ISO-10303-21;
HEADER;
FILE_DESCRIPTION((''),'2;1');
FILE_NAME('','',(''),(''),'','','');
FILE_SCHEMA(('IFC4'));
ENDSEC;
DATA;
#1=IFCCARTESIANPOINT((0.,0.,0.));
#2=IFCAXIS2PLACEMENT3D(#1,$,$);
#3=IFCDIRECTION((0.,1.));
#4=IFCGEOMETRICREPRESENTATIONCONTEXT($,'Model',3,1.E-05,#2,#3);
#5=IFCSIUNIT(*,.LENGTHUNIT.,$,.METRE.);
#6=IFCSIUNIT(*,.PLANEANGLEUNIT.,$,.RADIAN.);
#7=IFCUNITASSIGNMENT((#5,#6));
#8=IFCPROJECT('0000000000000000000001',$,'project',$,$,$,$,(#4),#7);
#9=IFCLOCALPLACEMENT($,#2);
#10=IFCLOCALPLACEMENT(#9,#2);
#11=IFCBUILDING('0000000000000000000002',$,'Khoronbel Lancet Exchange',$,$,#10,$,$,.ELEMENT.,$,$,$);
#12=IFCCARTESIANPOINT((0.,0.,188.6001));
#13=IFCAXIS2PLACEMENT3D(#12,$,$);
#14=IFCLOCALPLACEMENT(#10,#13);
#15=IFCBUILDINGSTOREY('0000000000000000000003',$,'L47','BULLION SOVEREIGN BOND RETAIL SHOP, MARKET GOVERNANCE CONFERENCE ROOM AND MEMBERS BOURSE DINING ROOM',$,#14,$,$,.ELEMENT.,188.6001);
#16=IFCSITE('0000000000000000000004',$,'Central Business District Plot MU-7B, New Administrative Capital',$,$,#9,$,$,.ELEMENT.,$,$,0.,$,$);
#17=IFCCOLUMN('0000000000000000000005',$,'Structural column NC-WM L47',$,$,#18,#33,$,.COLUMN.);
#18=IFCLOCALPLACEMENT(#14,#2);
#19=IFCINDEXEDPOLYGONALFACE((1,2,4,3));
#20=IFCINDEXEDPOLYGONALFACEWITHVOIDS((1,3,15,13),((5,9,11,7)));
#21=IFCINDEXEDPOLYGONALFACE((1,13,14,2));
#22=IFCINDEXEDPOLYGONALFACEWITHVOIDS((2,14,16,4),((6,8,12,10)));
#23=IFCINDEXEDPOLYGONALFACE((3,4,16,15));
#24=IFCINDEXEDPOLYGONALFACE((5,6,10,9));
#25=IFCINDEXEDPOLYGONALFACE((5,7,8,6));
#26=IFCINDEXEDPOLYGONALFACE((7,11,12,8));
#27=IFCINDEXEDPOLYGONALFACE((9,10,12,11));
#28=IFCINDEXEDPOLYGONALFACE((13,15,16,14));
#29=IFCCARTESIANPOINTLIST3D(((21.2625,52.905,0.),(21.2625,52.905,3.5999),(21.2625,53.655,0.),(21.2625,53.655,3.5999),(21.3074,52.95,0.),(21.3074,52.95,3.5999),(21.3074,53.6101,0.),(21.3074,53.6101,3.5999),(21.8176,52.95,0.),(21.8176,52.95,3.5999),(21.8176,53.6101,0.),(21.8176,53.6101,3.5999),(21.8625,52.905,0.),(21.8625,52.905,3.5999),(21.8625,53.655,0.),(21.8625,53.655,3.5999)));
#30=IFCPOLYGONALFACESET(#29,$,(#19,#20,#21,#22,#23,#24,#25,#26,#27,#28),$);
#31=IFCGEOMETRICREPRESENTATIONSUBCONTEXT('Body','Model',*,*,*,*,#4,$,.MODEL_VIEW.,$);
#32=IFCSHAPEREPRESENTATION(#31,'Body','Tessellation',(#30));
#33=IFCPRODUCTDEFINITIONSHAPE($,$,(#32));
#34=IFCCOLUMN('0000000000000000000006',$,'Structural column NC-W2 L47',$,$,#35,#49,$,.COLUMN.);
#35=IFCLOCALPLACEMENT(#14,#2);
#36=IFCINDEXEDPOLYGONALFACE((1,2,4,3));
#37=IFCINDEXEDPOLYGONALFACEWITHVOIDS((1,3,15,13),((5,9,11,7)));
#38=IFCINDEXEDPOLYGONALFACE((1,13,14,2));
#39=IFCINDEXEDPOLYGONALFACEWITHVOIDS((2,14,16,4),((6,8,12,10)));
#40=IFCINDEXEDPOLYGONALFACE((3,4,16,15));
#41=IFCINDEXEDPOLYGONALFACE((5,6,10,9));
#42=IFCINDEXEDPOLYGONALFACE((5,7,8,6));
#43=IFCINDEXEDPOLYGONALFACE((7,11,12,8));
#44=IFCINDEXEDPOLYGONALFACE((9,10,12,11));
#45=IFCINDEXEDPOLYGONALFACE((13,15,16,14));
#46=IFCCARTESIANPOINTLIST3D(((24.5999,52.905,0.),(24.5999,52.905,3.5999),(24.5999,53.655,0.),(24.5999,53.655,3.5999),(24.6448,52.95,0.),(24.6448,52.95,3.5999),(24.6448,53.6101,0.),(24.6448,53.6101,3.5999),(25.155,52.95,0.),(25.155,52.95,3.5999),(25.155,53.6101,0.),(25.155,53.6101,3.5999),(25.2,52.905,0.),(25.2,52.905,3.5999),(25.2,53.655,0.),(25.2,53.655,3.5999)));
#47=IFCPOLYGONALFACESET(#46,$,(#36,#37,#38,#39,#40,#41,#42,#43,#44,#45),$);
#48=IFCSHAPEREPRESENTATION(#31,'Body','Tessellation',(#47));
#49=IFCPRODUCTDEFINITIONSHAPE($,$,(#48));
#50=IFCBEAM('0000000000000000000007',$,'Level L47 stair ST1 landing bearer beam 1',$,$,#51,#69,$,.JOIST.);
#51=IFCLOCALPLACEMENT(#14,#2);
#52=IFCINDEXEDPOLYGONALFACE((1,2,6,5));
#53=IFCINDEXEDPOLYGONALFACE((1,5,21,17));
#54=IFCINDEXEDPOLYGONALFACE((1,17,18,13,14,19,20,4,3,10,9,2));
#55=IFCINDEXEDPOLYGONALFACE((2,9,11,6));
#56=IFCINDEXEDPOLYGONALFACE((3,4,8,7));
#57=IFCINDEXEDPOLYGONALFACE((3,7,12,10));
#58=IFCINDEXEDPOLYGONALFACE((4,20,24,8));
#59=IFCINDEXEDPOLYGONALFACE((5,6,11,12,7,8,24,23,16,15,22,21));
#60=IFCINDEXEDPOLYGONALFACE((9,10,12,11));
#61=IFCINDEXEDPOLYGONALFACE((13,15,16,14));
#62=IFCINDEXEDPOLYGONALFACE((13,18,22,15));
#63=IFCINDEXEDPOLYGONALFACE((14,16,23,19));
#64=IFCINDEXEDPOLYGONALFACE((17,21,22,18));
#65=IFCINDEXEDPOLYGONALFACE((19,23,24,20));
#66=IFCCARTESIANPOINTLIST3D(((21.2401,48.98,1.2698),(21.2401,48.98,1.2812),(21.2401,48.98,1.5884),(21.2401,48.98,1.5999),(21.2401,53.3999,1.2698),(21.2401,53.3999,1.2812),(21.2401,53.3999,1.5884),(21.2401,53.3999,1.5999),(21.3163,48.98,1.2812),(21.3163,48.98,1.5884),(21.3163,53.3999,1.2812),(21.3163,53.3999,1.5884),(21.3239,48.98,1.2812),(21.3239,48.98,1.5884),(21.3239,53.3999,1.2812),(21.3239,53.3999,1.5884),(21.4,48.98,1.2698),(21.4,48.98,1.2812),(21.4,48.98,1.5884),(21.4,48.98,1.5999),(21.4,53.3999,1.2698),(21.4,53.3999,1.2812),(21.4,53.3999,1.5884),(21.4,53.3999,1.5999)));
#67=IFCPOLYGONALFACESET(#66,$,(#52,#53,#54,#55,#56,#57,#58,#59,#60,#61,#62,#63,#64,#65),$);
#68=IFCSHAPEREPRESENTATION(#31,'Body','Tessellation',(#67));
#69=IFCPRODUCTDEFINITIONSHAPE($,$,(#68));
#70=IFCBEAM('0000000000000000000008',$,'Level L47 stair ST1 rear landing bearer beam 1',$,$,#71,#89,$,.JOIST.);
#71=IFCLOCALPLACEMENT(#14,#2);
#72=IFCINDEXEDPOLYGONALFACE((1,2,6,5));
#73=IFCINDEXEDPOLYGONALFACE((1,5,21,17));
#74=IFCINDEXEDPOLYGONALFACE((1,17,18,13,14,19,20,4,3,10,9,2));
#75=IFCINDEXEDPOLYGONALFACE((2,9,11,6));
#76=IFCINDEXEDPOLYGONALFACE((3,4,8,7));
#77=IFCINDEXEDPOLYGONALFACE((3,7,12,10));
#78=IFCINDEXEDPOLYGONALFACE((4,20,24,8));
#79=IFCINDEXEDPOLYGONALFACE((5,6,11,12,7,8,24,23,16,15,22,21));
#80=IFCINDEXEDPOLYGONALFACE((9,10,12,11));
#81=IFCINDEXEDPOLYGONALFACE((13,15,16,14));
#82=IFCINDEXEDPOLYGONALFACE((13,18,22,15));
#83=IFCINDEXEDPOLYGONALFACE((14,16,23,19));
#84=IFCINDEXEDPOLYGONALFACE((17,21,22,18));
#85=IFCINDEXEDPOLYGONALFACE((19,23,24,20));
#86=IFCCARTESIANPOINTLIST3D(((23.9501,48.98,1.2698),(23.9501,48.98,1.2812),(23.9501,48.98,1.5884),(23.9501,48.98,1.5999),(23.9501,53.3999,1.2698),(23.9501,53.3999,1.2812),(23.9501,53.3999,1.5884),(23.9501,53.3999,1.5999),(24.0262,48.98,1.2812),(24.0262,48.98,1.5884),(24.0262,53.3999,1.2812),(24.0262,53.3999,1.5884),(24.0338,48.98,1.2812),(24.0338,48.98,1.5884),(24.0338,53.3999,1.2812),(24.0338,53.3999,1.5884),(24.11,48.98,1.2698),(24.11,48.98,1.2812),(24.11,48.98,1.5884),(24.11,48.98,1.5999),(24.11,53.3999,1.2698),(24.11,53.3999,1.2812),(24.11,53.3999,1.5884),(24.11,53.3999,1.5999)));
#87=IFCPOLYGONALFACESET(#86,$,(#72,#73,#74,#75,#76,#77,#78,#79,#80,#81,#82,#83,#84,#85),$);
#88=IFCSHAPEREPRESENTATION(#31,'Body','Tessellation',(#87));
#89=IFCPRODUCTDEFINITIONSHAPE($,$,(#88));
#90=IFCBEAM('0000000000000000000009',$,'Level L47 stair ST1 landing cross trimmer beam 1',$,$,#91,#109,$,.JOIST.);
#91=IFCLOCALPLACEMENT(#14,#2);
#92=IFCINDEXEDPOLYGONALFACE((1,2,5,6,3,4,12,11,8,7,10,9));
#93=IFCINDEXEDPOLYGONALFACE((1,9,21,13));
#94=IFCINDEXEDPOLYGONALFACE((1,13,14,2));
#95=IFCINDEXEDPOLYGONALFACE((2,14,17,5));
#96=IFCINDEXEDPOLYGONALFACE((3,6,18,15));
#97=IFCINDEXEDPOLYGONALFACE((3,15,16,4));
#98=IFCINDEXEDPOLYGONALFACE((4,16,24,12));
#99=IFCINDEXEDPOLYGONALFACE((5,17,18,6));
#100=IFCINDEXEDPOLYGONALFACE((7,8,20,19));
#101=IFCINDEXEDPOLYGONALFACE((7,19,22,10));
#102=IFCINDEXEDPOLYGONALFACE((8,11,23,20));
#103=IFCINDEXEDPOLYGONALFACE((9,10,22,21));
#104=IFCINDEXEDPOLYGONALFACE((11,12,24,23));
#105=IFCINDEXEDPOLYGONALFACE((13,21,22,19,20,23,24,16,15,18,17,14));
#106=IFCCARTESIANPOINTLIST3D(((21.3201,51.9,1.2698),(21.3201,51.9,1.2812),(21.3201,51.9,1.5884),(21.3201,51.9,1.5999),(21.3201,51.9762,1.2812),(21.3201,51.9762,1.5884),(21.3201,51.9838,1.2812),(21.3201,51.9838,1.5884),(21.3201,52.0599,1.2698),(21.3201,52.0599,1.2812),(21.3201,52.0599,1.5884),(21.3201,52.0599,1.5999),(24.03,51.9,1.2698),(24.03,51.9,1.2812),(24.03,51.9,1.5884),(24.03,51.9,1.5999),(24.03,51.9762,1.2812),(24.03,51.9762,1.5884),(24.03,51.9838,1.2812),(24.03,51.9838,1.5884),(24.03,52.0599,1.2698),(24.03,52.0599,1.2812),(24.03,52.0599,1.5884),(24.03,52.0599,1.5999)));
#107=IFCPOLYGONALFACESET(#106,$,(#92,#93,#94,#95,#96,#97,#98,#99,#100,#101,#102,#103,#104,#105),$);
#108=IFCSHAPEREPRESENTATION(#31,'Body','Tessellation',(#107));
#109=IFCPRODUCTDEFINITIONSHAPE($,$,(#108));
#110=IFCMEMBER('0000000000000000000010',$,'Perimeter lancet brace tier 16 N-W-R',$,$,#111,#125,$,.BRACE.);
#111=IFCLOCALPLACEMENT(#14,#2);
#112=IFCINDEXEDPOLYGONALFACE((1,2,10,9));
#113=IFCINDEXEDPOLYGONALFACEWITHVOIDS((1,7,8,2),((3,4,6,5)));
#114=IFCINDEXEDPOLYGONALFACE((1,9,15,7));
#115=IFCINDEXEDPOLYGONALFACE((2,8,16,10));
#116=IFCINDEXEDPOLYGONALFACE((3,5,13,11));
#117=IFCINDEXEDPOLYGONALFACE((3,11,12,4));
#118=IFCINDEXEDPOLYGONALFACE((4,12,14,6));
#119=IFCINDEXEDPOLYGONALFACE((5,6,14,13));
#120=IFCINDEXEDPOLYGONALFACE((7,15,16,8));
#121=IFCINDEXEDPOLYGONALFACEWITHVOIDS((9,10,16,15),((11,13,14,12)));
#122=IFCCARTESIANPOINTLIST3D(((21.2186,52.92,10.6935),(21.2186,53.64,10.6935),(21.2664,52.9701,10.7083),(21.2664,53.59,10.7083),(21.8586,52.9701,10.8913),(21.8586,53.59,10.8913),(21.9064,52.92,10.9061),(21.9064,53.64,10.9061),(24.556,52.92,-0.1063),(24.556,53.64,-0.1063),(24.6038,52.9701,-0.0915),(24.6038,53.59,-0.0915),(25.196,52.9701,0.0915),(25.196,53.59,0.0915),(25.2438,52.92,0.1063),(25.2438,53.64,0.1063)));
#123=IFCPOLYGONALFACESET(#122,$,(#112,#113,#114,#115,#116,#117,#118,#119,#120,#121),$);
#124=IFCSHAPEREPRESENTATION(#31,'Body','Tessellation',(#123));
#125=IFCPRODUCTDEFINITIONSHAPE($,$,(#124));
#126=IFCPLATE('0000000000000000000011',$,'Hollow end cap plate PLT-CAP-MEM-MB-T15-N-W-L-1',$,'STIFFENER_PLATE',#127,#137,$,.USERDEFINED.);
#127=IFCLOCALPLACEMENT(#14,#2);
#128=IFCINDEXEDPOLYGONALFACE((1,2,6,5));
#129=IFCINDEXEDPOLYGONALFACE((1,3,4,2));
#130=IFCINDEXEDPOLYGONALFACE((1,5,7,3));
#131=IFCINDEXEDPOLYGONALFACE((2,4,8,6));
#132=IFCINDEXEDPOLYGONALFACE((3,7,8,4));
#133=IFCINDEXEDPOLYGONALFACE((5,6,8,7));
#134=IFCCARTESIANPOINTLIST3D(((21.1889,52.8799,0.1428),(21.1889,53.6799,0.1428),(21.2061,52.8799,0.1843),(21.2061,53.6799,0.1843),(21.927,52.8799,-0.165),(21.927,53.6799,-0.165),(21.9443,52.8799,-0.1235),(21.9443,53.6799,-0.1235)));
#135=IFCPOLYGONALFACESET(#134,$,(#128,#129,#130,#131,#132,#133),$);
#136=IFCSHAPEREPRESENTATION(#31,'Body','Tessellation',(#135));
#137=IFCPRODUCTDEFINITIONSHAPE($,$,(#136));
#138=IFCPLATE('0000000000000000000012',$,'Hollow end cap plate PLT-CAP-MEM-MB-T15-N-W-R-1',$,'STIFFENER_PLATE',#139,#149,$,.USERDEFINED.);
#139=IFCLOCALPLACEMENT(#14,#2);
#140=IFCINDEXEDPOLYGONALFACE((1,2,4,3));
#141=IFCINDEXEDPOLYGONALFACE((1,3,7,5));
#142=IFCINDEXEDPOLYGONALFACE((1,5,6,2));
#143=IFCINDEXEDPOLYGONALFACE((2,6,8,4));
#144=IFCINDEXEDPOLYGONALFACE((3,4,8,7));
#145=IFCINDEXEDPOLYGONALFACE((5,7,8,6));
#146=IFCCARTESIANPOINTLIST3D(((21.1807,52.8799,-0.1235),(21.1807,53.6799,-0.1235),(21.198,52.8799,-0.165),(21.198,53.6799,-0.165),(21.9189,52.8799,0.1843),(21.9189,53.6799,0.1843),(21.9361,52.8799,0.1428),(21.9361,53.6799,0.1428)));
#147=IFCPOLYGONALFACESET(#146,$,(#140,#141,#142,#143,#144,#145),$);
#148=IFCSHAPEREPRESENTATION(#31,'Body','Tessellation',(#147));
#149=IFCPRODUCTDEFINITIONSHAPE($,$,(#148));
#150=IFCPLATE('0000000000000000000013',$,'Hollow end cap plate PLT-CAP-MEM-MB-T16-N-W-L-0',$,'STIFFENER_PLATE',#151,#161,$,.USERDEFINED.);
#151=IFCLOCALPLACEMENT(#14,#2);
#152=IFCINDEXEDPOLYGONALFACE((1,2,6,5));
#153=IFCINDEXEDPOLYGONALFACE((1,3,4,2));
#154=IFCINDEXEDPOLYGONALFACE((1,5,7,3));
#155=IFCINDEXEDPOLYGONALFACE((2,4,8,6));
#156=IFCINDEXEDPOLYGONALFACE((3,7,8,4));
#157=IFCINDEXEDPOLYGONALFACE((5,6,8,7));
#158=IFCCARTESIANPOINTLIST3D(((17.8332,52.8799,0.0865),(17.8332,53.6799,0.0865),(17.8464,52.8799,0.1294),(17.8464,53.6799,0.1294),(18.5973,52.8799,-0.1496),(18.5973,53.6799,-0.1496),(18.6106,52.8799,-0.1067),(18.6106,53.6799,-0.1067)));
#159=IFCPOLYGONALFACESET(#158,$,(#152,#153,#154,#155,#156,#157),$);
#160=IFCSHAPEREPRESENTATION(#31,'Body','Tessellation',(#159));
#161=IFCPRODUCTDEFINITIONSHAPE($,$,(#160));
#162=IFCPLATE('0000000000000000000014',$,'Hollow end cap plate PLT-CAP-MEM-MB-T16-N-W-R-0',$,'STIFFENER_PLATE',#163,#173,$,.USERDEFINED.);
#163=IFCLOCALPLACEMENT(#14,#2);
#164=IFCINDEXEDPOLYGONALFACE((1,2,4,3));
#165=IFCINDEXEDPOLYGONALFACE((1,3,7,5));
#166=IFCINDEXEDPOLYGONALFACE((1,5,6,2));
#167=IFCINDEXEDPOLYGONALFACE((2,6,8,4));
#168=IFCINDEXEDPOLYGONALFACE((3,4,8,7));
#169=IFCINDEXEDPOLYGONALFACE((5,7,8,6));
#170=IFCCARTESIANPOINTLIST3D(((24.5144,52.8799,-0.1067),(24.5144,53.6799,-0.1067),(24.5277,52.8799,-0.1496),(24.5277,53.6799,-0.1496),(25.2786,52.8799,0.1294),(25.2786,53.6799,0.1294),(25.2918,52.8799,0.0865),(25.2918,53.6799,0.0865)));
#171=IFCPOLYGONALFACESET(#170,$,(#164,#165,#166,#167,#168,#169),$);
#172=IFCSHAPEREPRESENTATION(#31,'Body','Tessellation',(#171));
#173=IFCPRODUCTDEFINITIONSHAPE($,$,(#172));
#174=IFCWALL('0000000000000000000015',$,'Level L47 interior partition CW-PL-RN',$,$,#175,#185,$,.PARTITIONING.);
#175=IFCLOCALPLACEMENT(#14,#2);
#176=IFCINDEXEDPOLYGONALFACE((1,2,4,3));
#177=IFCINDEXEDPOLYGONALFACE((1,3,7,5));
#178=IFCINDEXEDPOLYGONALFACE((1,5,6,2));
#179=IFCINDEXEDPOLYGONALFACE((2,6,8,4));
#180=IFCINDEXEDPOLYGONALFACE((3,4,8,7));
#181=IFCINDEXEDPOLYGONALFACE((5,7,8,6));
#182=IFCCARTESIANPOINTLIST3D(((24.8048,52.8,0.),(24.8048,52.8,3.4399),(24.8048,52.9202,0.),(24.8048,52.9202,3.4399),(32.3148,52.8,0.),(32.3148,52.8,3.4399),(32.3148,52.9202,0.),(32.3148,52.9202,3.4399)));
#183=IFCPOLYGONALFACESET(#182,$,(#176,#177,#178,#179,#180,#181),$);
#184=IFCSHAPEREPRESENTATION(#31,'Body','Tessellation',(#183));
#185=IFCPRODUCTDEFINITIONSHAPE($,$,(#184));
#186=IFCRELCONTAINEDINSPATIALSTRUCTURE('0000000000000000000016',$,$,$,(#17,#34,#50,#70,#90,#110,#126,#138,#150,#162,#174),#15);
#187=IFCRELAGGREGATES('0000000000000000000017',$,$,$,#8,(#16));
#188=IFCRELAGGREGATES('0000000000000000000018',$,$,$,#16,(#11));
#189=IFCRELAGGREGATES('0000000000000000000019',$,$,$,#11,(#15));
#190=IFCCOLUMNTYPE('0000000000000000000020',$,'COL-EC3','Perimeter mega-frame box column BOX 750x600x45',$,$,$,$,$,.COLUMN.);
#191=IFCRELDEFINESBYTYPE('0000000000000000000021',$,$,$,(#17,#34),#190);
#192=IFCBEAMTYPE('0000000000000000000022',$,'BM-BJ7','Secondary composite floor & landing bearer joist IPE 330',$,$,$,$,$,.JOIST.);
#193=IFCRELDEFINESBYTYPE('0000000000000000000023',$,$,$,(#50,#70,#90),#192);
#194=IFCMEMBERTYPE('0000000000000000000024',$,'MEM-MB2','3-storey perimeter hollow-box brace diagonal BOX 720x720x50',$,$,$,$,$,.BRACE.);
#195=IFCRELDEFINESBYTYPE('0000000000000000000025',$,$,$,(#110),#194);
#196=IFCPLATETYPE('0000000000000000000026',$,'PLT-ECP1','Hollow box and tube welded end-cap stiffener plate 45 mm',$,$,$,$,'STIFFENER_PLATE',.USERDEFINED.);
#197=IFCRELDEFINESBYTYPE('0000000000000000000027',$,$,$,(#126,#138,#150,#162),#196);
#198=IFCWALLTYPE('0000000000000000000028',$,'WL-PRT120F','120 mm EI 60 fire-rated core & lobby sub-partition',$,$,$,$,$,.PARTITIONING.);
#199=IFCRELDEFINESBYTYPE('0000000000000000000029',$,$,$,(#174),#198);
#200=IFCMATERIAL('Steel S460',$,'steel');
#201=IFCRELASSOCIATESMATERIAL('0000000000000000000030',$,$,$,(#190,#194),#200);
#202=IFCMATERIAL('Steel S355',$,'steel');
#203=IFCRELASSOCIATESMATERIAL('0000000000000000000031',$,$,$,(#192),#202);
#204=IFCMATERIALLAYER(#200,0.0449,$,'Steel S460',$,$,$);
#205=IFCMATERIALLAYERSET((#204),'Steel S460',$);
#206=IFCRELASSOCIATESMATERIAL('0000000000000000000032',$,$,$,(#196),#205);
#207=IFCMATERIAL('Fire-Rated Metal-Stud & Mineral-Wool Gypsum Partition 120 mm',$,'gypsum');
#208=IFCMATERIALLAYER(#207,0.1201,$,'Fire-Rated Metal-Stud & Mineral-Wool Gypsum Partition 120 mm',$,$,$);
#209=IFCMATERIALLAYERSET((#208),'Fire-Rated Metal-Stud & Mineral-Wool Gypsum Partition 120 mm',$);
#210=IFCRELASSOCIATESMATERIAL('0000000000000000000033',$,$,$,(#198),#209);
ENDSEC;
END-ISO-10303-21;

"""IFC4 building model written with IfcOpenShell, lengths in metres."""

from ifc_helpers import new_model, si_unit, direction, frame, frame_2d, origin, origin_2d, place, context, subcontext, project, spatial, polyline, rectangle, hollow_rectangle, i_section, outline, extrude, material, layer, layer_set, material_profile, profile_set, type_object, element, save


model = new_model("IFC4")

# Units and contexts
model_context = context("Model", 3, precision=1e-05, world=origin(), true_north=direction((0.0, 1.0)))
body_context = subcontext(model_context, "Body", "Model", "MODEL_VIEW")
ifc_project = project(units=[si_unit("LENGTHUNIT", "METRE"), si_unit("PLANEANGLEUNIT", "RADIAN")], contexts=[model_context])

# Site, building, storey
site_placement = place(None, origin())
site = spatial("IfcSite", under=ifc_project, at=site_placement, Name="Central Business District Plot MU-7B, New Administrative Capital", CompositionType="ELEMENT", RefElevation=0.0)
building_placement = place(site_placement, origin())
building = spatial("IfcBuilding", under=site, at=building_placement, Name="Khoronbel Lancet Exchange", CompositionType="ELEMENT")
storey_placement = place(building_placement, frame((0.0, 0.0, 188.6001)))
storey = spatial("IfcBuildingStorey", under=building, at=storey_placement, Name="L47", Description="BULLION SOVEREIGN BOND RETAIL SHOP, MARKET GOVERNANCE CONFERENCE ROOM AND MEMBERS BOURSE DINING ROOM", CompositionType="ELEMENT", Elevation=188.6001)

# Columns
ifc_material_1 = material(Name="Steel S460", Category="steel")
ifc_material_profile_1 = material_profile(ifc_material_1, hollow_rectangle(XDim=0.6001, YDim=0.75, WallThickness=0.0449, at=origin_2d()), Name="BOX 750x600x45")
ifc_profile_set_1 = profile_set([ifc_material_profile_1], Name="Steel S460")
column_type = type_object("IfcColumnType", Name="COL-EC3", Description="Perimeter mega-frame box column BOX 750x600x45", PredefinedType="COLUMN", material=ifc_profile_set_1)
for number, where, z_axis, x_axis, name in (
    (1, (21.5625, 53.28, 0.0), (0.0, 0.0, 1.0), (1.0, 0.0, 0.0), "Structural column NC-WM L47"),
    (2, (24.8999, 53.28, 0.0), (0.0, 0.0, 1.0), (1.0, 0.0, 0.0), "Structural column NC-W2 L47"),
):
    element("IfcColumn", number, at=place(storey_placement, frame(where, z_axis=z_axis, x_axis=x_axis)), inside=storey, type_object=column_type, Name=name, PredefinedType="COLUMN", context=body_context, shape_type="SweptSolid", body=[
        extrude(hollow_rectangle(XDim=0.6001, YDim=0.75, WallThickness=0.0449, at=origin_2d()), origin(), (0.0, 0.0, 1.0), 3.5999),
    ])

# Beams
ifc_material_2 = material(Name="Steel S355", Category="steel")
ifc_material_profile_2 = material_profile(ifc_material_2, i_section(OverallWidth=0.1599, OverallDepth=0.3301, WebThickness=0.0076, FlangeThickness=0.0115, at=origin_2d()), Name="IPE 330")
ifc_profile_set_2 = profile_set([ifc_material_profile_2], Name="Steel S355")
beam_type = type_object("IfcBeamType", Name="BM-BJ7", Description="Secondary composite floor & landing bearer joist IPE 330", PredefinedType="JOIST", material=ifc_profile_set_2)
for number, where, z_axis, x_axis, name in (
    (3, (21.3201, 48.98, 1.4348), (0.0, 1.0, 0.0), (-1.0, 0.0, 0.0), "Level L47 stair ST1 landing bearer beam 1"),
    (4, (24.03, 48.98, 1.4348), (0.0, 1.0, 0.0), (-1.0, 0.0, 0.0), "Level L47 stair ST1 rear landing bearer beam 1"),
):
    element("IfcBeam", number, at=place(storey_placement, frame(where, z_axis=z_axis, x_axis=x_axis)), inside=storey, type_object=beam_type, Name=name, PredefinedType="JOIST", context=body_context, shape_type="SweptSolid", body=[
        extrude(i_section(OverallWidth=0.1599, OverallDepth=0.3301, WebThickness=0.0076, FlangeThickness=0.0115, at=origin_2d()), origin(), (0.0, 0.0, 1.0), 4.4199),
    ])
beam_placement = place(storey_placement, frame((21.3201, 51.98, 1.4348), z_axis=(1.0, 0.0, 0.0), x_axis=(0.0, 1.0, 0.0)))
element("IfcBeam", 5, at=beam_placement, inside=storey, type_object=beam_type, Name="Level L47 stair ST1 landing cross trimmer beam 1", PredefinedType="JOIST", context=body_context, shape_type="SweptSolid", body=[
    extrude(i_section(OverallWidth=0.1599, OverallDepth=0.3301, WebThickness=0.0076, FlangeThickness=0.0115, at=origin_2d()), origin(), (0.0, 0.0, 1.0), 2.71),
])

# Member
ifc_material_profile_3 = material_profile(ifc_material_1, hollow_rectangle(XDim=0.72, YDim=0.72, WallThickness=0.05, at=origin_2d()), Name="BOX 720x720x50")
ifc_profile_set_3 = profile_set([ifc_material_profile_3], Name="Steel S460")
member_type = type_object("IfcMemberType", Name="MEM-MB2", Description="3-storey perimeter hollow-box brace diagonal BOX 720x720x50", PredefinedType="BRACE", material=ifc_profile_set_3)
member_placement = place(storey_placement, frame((24.8999, 53.28, 0.0), z_axis=(-0.295248, 0.0, 0.955421), x_axis=(0.0, -1.0, 0.0)))
element("IfcMember", 6, at=member_placement, inside=storey, type_object=member_type, Name="Perimeter lancet brace tier 16 N-W-R", PredefinedType="BRACE", context=body_context, shape_type="SweptSolid", body=[
    extrude(hollow_rectangle(XDim=0.72, YDim=0.72, WallThickness=0.05, at=origin_2d()), origin(), (0.0, 0.0, 1.0), 11.3037),
])

# Plates
ifc_layer_1 = layer(ifc_material_1, 0.0449, Name="Steel S460")
ifc_layer_set_1 = layer_set([ifc_layer_1], Name="Steel S460")
plate_type = type_object("IfcPlateType", Name="PLT-ECP1", Description="Hollow box and tube welded end-cap stiffener plate 45 mm", ElementType="STIFFENER_PLATE", PredefinedType="USERDEFINED", material=ifc_layer_set_1)
for number, where, z_axis, x_axis, name in (
    (7, (21.9443, 52.8799, -0.1235), (0.384875, 0.0, 0.922969), (0.0, 1.0, 0.0), "Hollow end cap plate PLT-CAP-MEM-MB-T15-N-W-L-1"),
    (8, (21.1807, 53.6799, -0.1235), (-0.384875, 0.0, 0.922969), (0.0, -1.0, 0.0), "Hollow end cap plate PLT-CAP-MEM-MB-T15-N-W-R-1"),
    (9, (18.6106, 52.8799, -0.1067), (0.29518, 0.0, 0.955442), (0.0, 1.0, 0.0), "Hollow end cap plate PLT-CAP-MEM-MB-T16-N-W-L-0"),
    (10, (24.5144, 53.6799, -0.1067), (-0.29518, 0.0, 0.955442), (0.0, -1.0, 0.0), "Hollow end cap plate PLT-CAP-MEM-MB-T16-N-W-R-0"),
):
    element("IfcPlate", number, at=place(storey_placement, frame(where, z_axis=z_axis, x_axis=x_axis)), inside=storey, type_object=plate_type, Name=name, ObjectType="STIFFENER_PLATE", PredefinedType="USERDEFINED", context=body_context, shape_type="SweptSolid", body=[
        extrude(outline(polyline([(0.0, 0.0), (0.8, 0.0), (0.8, 0.7998), (0.0, 0.7998), (0.0, 0.0)])), origin(), (0.0, 0.0, -1.0), 0.0449),
    ])

# Wall
ifc_material_3 = material(Name="Fire-Rated Metal-Stud & Mineral-Wool Gypsum Partition 120 mm", Category="gypsum")
ifc_layer_2 = layer(ifc_material_3, 0.1201, Name="Fire-Rated Metal-Stud & Mineral-Wool Gypsum Partition 120 mm")
ifc_layer_set_2 = layer_set([ifc_layer_2], Name="Fire-Rated Metal-Stud & Mineral-Wool Gypsum Partition 120 mm")
wall_type_1 = type_object("IfcWallType", Name="WL-PRT120F", Description="120 mm EI 60 fire-rated core & lobby sub-partition", PredefinedType="PARTITIONING", material=ifc_layer_set_2)
wall_1_placement = place(storey_placement, frame((24.8049, 52.8601, 0.0), z_axis=(0.0, 0.0, 1.0), x_axis=(1.0, 0.0, 0.0)))
element("IfcWall", 11, at=wall_1_placement, inside=storey, type_object=wall_type_1, Name="Level L47 interior partition CW-PL-RN", PredefinedType="PARTITIONING", context=body_context, shape_type="SweptSolid", body=[
    extrude(rectangle(XDim=7.51, YDim=0.1201, at=frame_2d((3.7549, 0.0))), origin(), (0.0, 0.0, 1.0), 3.4399),
])

save(model, "model.ifc")
